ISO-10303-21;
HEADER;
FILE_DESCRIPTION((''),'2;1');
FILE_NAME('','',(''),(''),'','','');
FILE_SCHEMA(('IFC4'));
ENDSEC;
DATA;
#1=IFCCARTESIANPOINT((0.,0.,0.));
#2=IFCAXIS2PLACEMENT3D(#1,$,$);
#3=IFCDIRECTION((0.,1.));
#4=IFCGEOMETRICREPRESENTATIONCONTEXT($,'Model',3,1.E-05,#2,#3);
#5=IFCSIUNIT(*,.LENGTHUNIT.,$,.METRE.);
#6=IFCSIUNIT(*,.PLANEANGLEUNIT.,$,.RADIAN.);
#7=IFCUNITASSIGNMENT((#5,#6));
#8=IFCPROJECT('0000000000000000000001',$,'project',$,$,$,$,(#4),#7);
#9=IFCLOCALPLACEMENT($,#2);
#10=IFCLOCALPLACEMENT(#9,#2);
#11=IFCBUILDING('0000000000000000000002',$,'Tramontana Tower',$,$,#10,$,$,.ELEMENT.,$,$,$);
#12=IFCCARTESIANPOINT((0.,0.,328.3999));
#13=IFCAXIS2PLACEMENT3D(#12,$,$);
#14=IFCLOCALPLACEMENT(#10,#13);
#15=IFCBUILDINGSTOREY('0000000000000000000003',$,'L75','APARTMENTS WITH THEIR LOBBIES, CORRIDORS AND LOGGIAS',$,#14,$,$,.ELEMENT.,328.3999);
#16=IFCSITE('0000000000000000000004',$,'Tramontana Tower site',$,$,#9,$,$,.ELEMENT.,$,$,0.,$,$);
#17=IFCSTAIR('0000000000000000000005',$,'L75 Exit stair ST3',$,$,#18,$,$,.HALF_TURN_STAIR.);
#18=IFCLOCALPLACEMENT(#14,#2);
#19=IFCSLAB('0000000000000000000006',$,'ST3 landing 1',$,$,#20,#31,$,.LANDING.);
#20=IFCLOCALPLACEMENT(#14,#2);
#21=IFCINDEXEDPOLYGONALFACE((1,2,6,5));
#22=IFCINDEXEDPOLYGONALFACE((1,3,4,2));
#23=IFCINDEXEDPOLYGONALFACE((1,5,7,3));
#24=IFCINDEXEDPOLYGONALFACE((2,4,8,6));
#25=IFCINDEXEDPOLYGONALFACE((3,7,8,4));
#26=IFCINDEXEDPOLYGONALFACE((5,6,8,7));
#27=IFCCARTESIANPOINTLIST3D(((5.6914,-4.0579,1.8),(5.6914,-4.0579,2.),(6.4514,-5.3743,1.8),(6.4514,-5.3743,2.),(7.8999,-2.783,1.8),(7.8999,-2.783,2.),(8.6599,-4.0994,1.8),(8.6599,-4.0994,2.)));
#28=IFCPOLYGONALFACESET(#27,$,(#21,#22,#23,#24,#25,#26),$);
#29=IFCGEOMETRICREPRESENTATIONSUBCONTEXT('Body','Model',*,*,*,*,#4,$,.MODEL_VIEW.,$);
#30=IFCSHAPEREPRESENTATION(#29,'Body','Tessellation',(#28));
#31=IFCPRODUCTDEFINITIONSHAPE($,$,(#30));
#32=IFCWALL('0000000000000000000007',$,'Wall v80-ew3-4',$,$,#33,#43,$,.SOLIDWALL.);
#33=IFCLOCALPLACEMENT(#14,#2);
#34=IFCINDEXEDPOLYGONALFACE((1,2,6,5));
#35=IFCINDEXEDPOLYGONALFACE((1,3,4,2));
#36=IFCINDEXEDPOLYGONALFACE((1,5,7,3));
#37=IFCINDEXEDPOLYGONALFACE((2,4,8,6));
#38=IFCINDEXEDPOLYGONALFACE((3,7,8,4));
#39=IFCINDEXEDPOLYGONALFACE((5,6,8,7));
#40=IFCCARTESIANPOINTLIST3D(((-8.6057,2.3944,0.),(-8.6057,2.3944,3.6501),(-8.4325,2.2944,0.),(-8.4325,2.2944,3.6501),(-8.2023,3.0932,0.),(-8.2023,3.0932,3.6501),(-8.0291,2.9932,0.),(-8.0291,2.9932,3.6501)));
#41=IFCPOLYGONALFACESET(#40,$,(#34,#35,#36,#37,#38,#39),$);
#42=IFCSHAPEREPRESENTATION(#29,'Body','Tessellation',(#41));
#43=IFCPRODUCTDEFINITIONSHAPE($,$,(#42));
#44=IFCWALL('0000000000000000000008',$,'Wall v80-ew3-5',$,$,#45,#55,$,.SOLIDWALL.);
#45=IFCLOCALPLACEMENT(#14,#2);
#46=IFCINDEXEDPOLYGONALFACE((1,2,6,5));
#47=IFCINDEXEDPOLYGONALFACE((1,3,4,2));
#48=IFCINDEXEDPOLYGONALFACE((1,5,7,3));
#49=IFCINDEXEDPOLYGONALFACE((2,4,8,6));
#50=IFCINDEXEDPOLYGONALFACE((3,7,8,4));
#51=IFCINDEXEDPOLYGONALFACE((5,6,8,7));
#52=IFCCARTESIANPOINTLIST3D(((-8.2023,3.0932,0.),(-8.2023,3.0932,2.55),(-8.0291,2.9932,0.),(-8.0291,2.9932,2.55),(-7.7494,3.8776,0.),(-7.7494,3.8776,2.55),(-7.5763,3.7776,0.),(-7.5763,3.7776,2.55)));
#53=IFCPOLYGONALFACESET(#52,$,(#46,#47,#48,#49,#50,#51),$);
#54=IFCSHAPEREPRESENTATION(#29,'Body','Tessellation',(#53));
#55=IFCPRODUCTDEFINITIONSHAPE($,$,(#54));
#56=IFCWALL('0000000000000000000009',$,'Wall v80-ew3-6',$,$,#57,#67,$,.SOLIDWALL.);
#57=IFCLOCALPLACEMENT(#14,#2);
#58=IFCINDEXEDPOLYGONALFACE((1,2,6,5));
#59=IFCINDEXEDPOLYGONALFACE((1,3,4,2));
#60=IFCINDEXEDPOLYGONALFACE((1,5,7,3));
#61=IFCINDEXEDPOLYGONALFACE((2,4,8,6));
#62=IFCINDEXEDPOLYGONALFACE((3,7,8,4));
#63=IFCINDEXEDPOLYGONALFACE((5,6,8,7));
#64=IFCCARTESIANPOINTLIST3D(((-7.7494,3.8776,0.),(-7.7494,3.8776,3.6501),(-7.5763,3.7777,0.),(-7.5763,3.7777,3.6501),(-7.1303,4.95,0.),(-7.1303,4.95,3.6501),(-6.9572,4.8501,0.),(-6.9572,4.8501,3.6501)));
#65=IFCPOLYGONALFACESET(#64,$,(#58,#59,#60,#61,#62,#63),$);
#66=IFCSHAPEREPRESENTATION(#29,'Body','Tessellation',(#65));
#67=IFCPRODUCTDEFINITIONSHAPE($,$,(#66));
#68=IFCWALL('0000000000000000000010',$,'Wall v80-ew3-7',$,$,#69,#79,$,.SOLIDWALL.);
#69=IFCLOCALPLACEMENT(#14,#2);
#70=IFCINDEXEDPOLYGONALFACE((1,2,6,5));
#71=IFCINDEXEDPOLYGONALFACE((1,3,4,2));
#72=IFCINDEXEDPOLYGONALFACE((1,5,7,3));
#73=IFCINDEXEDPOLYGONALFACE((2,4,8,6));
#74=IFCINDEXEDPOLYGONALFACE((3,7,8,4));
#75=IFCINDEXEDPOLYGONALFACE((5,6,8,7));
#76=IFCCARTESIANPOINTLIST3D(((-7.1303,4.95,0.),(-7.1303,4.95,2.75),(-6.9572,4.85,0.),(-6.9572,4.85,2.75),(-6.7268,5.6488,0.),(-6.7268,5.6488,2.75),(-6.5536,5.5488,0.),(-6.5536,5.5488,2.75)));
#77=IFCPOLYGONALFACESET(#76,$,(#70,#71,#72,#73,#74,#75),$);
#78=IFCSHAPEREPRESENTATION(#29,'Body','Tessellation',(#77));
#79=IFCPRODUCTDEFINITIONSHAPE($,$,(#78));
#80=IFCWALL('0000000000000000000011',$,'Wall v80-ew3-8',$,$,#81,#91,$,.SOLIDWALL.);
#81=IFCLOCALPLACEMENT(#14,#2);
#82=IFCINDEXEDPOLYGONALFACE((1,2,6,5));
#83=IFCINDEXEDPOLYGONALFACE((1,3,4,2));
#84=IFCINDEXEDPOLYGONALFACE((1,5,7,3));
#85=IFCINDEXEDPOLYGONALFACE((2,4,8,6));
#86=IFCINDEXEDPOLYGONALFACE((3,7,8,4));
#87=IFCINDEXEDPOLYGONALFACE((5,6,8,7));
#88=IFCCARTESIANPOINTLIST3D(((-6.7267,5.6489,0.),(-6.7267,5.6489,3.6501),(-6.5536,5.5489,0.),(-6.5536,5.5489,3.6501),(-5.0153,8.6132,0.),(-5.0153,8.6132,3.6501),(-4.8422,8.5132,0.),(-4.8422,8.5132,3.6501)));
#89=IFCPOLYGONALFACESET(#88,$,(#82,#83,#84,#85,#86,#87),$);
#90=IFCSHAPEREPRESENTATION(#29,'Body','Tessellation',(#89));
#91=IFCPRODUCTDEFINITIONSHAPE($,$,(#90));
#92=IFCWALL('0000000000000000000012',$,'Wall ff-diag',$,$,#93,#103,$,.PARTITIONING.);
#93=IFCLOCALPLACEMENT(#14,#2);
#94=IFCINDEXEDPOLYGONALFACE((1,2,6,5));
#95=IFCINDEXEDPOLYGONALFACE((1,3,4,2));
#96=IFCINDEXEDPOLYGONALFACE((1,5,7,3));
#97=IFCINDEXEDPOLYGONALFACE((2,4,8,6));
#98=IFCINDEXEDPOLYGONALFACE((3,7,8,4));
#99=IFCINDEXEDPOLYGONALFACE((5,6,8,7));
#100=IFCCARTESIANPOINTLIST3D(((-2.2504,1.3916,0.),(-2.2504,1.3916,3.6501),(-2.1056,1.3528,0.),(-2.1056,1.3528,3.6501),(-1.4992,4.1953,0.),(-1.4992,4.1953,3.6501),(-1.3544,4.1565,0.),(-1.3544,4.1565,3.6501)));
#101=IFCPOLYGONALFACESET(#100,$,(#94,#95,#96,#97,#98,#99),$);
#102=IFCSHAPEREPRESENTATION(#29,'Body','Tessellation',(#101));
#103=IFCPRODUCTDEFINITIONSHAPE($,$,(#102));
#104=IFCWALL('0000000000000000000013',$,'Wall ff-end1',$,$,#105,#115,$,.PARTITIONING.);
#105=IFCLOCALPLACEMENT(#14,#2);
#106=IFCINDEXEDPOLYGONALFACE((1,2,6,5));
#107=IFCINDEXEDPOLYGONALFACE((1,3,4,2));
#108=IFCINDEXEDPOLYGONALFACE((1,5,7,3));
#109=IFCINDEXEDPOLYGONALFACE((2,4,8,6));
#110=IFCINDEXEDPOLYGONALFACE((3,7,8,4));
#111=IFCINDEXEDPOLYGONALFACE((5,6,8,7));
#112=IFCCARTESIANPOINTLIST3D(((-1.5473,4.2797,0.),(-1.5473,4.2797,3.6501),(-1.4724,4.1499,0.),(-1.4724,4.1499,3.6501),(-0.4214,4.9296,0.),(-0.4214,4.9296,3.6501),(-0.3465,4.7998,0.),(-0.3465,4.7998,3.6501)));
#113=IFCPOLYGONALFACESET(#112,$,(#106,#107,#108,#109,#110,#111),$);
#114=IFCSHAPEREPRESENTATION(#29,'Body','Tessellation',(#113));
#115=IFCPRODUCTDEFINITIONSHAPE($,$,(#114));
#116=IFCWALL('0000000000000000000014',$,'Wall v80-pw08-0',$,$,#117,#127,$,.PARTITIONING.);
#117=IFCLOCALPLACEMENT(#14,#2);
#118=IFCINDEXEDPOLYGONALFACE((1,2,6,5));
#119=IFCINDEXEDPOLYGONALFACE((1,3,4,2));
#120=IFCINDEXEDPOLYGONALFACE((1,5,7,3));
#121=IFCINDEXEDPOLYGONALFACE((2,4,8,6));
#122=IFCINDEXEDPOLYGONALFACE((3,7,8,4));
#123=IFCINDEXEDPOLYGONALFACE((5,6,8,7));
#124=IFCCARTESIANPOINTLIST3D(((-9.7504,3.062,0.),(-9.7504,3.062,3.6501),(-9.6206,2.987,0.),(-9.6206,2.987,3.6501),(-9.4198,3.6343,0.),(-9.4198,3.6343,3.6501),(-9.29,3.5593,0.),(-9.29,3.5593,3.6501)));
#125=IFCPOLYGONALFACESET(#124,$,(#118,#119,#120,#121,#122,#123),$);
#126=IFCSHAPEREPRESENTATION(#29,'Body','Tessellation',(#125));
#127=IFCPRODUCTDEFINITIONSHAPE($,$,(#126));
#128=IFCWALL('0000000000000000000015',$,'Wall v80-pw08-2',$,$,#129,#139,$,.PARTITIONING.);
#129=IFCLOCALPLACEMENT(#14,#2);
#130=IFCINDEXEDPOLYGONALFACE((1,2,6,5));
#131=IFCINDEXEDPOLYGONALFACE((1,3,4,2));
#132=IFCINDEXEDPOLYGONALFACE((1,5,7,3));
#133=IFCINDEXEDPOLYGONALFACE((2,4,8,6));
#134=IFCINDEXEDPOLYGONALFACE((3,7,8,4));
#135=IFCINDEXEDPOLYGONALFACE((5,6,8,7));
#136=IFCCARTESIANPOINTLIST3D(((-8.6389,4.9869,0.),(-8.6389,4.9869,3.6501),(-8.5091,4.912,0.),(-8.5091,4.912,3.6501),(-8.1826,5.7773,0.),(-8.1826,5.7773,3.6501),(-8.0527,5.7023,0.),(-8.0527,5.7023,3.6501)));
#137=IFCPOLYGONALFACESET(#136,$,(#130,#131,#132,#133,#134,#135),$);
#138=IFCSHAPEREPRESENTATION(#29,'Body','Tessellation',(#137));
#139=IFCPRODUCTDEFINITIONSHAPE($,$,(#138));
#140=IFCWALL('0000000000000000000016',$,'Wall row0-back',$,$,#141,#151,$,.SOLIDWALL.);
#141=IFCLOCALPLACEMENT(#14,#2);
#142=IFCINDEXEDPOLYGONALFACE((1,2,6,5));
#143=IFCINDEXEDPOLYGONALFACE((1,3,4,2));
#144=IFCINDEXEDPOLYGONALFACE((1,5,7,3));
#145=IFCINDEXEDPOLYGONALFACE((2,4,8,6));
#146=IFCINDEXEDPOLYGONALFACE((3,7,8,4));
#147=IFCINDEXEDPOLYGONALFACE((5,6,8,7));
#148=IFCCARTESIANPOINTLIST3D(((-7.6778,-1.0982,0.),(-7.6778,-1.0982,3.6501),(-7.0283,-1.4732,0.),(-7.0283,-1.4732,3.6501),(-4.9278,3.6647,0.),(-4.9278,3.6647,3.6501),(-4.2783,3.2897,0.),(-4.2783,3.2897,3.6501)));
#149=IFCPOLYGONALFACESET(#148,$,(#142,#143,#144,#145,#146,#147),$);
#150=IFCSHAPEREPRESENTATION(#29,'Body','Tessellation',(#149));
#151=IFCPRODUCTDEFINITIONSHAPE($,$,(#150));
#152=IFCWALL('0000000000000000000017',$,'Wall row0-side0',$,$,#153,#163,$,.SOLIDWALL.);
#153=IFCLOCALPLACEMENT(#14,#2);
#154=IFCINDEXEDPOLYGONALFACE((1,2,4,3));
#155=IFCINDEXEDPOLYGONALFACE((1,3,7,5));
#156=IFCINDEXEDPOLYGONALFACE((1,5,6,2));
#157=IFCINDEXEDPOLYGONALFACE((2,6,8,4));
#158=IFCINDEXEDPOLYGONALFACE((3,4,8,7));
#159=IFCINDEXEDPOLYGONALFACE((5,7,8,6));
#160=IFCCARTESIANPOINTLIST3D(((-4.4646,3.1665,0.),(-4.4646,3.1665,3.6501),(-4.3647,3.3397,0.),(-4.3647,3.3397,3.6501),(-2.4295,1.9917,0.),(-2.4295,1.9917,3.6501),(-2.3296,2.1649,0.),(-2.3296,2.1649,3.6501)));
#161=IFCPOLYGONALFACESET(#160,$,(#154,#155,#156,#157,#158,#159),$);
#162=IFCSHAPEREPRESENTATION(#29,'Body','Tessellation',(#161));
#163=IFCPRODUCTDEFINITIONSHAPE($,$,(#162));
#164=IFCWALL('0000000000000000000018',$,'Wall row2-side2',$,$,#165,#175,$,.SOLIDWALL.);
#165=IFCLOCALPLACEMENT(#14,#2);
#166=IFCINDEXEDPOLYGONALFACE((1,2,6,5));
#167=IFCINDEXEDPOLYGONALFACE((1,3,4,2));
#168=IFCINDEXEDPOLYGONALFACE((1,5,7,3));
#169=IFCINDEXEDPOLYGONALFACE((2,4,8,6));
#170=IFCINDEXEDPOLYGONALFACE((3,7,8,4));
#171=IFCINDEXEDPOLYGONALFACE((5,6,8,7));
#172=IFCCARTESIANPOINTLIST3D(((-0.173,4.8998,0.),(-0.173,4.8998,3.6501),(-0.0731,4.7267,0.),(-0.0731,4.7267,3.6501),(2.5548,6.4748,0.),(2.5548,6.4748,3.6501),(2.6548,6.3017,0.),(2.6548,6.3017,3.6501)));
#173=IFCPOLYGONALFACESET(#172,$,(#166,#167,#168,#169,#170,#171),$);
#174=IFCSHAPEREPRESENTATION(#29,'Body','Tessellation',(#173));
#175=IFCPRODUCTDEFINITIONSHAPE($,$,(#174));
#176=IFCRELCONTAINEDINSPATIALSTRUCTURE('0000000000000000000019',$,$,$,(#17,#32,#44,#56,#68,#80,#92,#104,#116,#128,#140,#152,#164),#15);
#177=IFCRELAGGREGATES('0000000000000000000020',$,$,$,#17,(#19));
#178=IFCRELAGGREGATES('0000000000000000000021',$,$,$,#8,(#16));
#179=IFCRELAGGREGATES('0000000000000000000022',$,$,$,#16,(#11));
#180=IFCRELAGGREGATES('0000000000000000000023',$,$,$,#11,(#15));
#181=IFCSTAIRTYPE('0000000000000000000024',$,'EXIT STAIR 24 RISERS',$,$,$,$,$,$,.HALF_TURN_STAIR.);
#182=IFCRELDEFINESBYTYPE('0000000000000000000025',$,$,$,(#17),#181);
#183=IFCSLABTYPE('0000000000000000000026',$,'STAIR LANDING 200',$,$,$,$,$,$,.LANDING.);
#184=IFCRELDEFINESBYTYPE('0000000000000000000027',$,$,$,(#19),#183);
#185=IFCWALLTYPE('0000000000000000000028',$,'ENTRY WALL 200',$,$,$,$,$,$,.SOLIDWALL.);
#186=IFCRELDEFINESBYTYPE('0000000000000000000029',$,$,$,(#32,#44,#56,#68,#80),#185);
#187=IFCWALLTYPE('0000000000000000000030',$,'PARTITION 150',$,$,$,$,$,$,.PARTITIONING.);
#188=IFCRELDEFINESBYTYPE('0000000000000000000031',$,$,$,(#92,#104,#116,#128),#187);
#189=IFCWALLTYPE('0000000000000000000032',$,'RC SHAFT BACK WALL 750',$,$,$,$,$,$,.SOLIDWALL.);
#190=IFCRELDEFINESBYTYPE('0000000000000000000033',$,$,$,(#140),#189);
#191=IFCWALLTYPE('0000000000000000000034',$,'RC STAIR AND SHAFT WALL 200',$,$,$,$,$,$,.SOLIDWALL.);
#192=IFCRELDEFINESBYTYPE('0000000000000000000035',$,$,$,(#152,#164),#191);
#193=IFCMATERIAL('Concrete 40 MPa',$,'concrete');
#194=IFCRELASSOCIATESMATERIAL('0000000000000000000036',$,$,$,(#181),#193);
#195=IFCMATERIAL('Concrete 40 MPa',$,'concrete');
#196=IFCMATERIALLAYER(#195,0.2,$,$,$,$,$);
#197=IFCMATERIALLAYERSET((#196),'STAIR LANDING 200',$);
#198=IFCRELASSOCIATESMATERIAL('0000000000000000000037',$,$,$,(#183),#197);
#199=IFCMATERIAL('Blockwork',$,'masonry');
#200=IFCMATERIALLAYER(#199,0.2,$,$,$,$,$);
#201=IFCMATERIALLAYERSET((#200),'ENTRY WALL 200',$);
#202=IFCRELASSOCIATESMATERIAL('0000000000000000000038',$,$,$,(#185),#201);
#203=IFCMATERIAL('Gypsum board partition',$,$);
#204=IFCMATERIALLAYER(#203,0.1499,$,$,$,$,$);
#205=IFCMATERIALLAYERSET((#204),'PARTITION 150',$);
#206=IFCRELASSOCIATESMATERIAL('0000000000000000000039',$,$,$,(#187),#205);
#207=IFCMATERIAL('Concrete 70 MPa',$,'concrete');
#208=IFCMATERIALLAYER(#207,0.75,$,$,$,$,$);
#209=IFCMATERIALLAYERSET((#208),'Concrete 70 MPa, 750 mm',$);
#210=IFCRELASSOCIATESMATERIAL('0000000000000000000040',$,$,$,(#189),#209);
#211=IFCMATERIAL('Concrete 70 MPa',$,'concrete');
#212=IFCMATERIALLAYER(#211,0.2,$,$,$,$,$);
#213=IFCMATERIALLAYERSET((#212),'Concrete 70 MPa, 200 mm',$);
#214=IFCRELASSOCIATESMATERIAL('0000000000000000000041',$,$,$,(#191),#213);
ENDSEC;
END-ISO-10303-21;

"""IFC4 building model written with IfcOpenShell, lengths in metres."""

from ifc_helpers import new_model, si_unit, direction, frame, frame_2d, origin, place, context, subcontext, project, spatial, polyline, rectangle, outline, extrude, material, layer, layer_set, type_object, element, aggregate, save


model = new_model("IFC4")

# Units and contexts
model_context = context("Model", 3, precision=1e-05, world=origin(), true_north=direction((0.0, 1.0)))
body_context = subcontext(model_context, "Body", "Model", "MODEL_VIEW")
ifc_project = project(units=[si_unit("LENGTHUNIT", "METRE"), si_unit("PLANEANGLEUNIT", "RADIAN")], contexts=[model_context])

# Site, building, storey
site_placement = place(None, origin())
site = spatial("IfcSite", under=ifc_project, at=site_placement, Name="Tramontana Tower site", CompositionType="ELEMENT", RefElevation=0.0)
building_placement = place(site_placement, origin())
building = spatial("IfcBuilding", under=site, at=building_placement, Name="Tramontana Tower", CompositionType="ELEMENT")
storey_placement = place(building_placement, frame((0.0, 0.0, 328.3999)))
storey = spatial("IfcBuildingStorey", under=building, at=storey_placement, Name="L75", Description="APARTMENTS WITH THEIR LOBBIES, CORRIDORS AND LOGGIAS", CompositionType="ELEMENT", Elevation=328.3999)

# Stair, slab
ifc_material_1 = material(Name="Concrete 40 MPa", Category="concrete")
stair_type = type_object("IfcStairType", Name="EXIT STAIR 24 RISERS", PredefinedType="HALF_TURN_STAIR", material=ifc_material_1)
stair_1_placement = place(storey_placement, origin())
stair_1 = element("IfcStair", 1, at=stair_1_placement, inside=storey, type_object=stair_type, Name="L75 Exit stair ST3", PredefinedType="HALF_TURN_STAIR")
ifc_material_2 = material(Name="Concrete 40 MPa", Category="concrete")
ifc_layer_1 = layer(ifc_material_2, 0.2)
ifc_layer_set_1 = layer_set([ifc_layer_1], Name="STAIR LANDING 200")
slab_type = type_object("IfcSlabType", Name="STAIR LANDING 200", PredefinedType="LANDING", material=ifc_layer_set_1)
slab_placement = place(storey_placement, frame((0.0, 0.0, 1.8)))
slab = element("IfcSlab", 2, at=slab_placement, type_object=slab_type, Name="ST3 landing 1", PredefinedType="LANDING", context=body_context, shape_type="SweptSolid", body=[
    extrude(outline(polyline([(5.6914, -4.0579), (6.4514, -5.3743), (8.6599, -4.0994), (7.8999, -2.783), (5.6914, -4.0579)])), origin(), (0.0, 0.0, 1.0), 0.2),
])
aggregate(stair_1, [slab])

# Shared definitions
ifc_material_3 = material(Name="Blockwork", Category="masonry")
ifc_layer_2 = layer(ifc_material_3, 0.2)
ifc_layer_set_2 = layer_set([ifc_layer_2], Name="ENTRY WALL 200")
wall_type_1 = type_object("IfcWallType", Name="ENTRY WALL 200", PredefinedType="SOLIDWALL", material=ifc_layer_set_2)

# Walls
wall_1_placement = place(storey_placement, frame((-8.519, 2.3445, 0.0), z_axis=(0.0, 0.0, 1.0), x_axis=(0.499915, 0.866075, 0.0)))
element("IfcWall", 3, at=wall_1_placement, inside=storey, type_object=wall_type_1, Name="Wall v80-ew3-4", PredefinedType="SOLIDWALL", context=body_context, shape_type="SweptSolid", body=[
    extrude(rectangle(XDim=0.8069, YDim=0.2, at=frame_2d((0.4033, 0.0))), origin(), (0.0, 0.0, 1.0), 3.6501),
])
wall_2_placement = place(storey_placement, frame((-8.1157, 3.0432, 0.0), z_axis=(0.0, 0.0, 1.0), x_axis=(0.499995, 0.866028, 0.0)))
element("IfcWall", 4, at=wall_2_placement, inside=storey, type_object=wall_type_1, Name="Wall v80-ew3-5", PredefinedType="SOLIDWALL", context=body_context, shape_type="SweptSolid", body=[
    extrude(rectangle(XDim=0.9058, YDim=0.2, at=frame_2d((0.4529, 0.0))), origin(), (0.0, 0.0, 1.0), 2.55),
])
wall_3_placement = place(storey_placement, frame((-7.6628, 3.8276, 0.0), z_axis=(0.0, 0.0, 1.0), x_axis=(0.499956, 0.866051, 0.0)))
element("IfcWall", 5, at=wall_3_placement, inside=storey, type_object=wall_type_1, Name="Wall v80-ew3-6", PredefinedType="SOLIDWALL", context=body_context, shape_type="SweptSolid", body=[
    extrude(rectangle(XDim=1.2383, YDim=0.2, at=frame_2d((0.6191, 0.0))), origin(), (0.0, 0.0, 1.0), 3.6501),
])
wall_4_placement = place(storey_placement, frame((-7.0437, 4.9001, 0.0), z_axis=(0.0, 0.0, 1.0), x_axis=(0.500141, 0.865944, 0.0)))
element("IfcWall", 6, at=wall_4_placement, inside=storey, type_object=wall_type_1, Name="Wall v80-ew3-7", PredefinedType="SOLIDWALL", context=body_context, shape_type="SweptSolid", body=[
    extrude(rectangle(XDim=0.8069, YDim=0.2, at=frame_2d((0.4033, 0.0))), origin(), (0.0, 0.0, 1.0), 2.75),
])
wall_5_placement = place(storey_placement, frame((-6.6401, 5.5989, 0.0), z_axis=(0.0, 0.0, 1.0), x_axis=(0.49999, 0.866031, 0.0)))
element("IfcWall", 7, at=wall_5_placement, inside=storey, type_object=wall_type_1, Name="Wall v80-ew3-8", PredefinedType="SOLIDWALL", context=body_context, shape_type="SweptSolid", body=[
    extrude(rectangle(XDim=3.4229, YDim=0.2, at=frame_2d((1.7114, 0.0))), origin(), (0.0, 0.0, 1.0), 3.6501),
])
ifc_material_4 = material(Name="Gypsum board partition")
ifc_layer_3 = layer(ifc_material_4, 0.1499)
ifc_layer_set_3 = layer_set([ifc_layer_3], Name="PARTITION 150")
wall_type_2 = type_object("IfcWallType", Name="PARTITION 150", PredefinedType="PARTITIONING", material=ifc_layer_set_3)
wall_6_placement = place(storey_placement, frame((-2.178, 1.3723, 0.0), z_axis=(0.0, 0.0, 1.0), x_axis=(0.258809, 0.965929, 0.0)))
element("IfcWall", 8, at=wall_6_placement, inside=storey, type_object=wall_type_2, Name="Wall ff-diag", PredefinedType="PARTITIONING", context=body_context, shape_type="SweptSolid", body=[
    extrude(rectangle(XDim=2.9026, YDim=0.1499, at=frame_2d((1.4512, 0.0))), origin(), (0.0, 0.0, 1.0), 3.6501),
])
wall_7_placement = place(storey_placement, frame((-1.5098, 4.2148, 0.0), z_axis=(0.0, 0.0, 1.0), x_axis=(0.866086, 0.499896, 0.0)))
element("IfcWall", 9, at=wall_7_placement, inside=storey, type_object=wall_type_2, Name="Wall ff-end1", PredefinedType="PARTITIONING", context=body_context, shape_type="SweptSolid", body=[
    extrude(rectangle(XDim=1.3, YDim=0.1499, at=frame_2d((0.6499, 0.0))), origin(), (0.0, 0.0, 1.0), 3.6501),
])
wall_8_placement = place(storey_placement, frame((-9.6855, 3.0244, 0.0), z_axis=(0.0, 0.0, 1.0), x_axis=(0.500191, 0.865915, 0.0)))
element("IfcWall", 10, at=wall_8_placement, inside=storey, type_object=wall_type_2, Name="Wall v80-pw08-0", PredefinedType="PARTITIONING", context=body_context, shape_type="SweptSolid", body=[
    extrude(rectangle(XDim=0.6609, YDim=0.1499, at=frame_2d((0.3306, 0.0))), origin(), (0.0, 0.0, 1.0), 3.6501),
])

# Walls
wall_9_placement = place(storey_placement, frame((-8.574, 4.9495, 0.0), z_axis=(0.0, 0.0, 1.0), x_axis=(0.500024, 0.866012, 0.0)))
element("IfcWall", 11, at=wall_9_placement, inside=storey, type_object=wall_type_2, Name="Wall v80-pw08-2", PredefinedType="PARTITIONING", context=body_context, shape_type="SweptSolid", body=[
    extrude(rectangle(XDim=0.9126, YDim=0.1499, at=frame_2d((0.4563, 0.0))), origin(), (0.0, 0.0, 1.0), 3.6501),
])
ifc_material_5 = material(Name="Concrete 70 MPa", Category="concrete")
ifc_layer_4 = layer(ifc_material_5, 0.75)
ifc_layer_set_4 = layer_set([ifc_layer_4], Name="Concrete 70 MPa, 750 mm")
wall_type_3 = type_object("IfcWallType", Name="RC SHAFT BACK WALL 750", PredefinedType="SOLIDWALL", material=ifc_layer_set_4)
wall_10_placement = place(storey_placement, frame((-4.603, 3.4773, 0.0), z_axis=(0.0, 0.0, 1.0), x_axis=(-0.500016, -0.866016, 0.0)))
element("IfcWall", 12, at=wall_10_placement, inside=storey, type_object=wall_type_3, Name="Wall row0-back", PredefinedType="SOLIDWALL", context=body_context, shape_type="SweptSolid", body=[
    extrude(rectangle(XDim=5.4998, YDim=0.75, at=frame_2d((2.75, 0.0))), origin(), (0.0, 0.0, 1.0), 3.6501),
])

# Shared definitions
ifc_material_6 = material(Name="Concrete 70 MPa", Category="concrete")
ifc_layer_5 = layer(ifc_material_6, 0.2)
ifc_layer_set_5 = layer_set([ifc_layer_5], Name="Concrete 70 MPa, 200 mm")
wall_type_4 = type_object("IfcWallType", Name="RC STAIR AND SHAFT WALL 200", PredefinedType="SOLIDWALL", material=ifc_layer_set_5)

# Walls
wall_11_placement = place(storey_placement, frame((-2.3796, 2.0784, 0.0), z_axis=(0.0, 0.0, 1.0), x_axis=(-0.866061, 0.499938, 0.0)))
element("IfcWall", 13, at=wall_11_placement, inside=storey, type_object=wall_type_4, Name="Wall row0-side0", PredefinedType="SOLIDWALL", context=body_context, shape_type="SweptSolid", body=[
    extrude(rectangle(XDim=2.3499, YDim=0.2, at=frame_2d((1.1748, 0.0))), origin(), (0.0, 0.0, 1.0), 3.6501),
])
wall_12_placement = place(storey_placement, frame((-0.123, 4.8132, 0.0), z_axis=(0.0, 0.0, 1.0), x_axis=(0.866016, 0.500015, 0.0)))
element("IfcWall", 14, at=wall_12_placement, inside=storey, type_object=wall_type_4, Name="Wall row2-side2", PredefinedType="SOLIDWALL", context=body_context, shape_type="SweptSolid", body=[
    extrude(rectangle(XDim=3.1499, YDim=0.2, at=frame_2d((1.575, 0.0))), origin(), (0.0, 0.0, 1.0), 3.6501),
])

save(model, "model.ifc")
